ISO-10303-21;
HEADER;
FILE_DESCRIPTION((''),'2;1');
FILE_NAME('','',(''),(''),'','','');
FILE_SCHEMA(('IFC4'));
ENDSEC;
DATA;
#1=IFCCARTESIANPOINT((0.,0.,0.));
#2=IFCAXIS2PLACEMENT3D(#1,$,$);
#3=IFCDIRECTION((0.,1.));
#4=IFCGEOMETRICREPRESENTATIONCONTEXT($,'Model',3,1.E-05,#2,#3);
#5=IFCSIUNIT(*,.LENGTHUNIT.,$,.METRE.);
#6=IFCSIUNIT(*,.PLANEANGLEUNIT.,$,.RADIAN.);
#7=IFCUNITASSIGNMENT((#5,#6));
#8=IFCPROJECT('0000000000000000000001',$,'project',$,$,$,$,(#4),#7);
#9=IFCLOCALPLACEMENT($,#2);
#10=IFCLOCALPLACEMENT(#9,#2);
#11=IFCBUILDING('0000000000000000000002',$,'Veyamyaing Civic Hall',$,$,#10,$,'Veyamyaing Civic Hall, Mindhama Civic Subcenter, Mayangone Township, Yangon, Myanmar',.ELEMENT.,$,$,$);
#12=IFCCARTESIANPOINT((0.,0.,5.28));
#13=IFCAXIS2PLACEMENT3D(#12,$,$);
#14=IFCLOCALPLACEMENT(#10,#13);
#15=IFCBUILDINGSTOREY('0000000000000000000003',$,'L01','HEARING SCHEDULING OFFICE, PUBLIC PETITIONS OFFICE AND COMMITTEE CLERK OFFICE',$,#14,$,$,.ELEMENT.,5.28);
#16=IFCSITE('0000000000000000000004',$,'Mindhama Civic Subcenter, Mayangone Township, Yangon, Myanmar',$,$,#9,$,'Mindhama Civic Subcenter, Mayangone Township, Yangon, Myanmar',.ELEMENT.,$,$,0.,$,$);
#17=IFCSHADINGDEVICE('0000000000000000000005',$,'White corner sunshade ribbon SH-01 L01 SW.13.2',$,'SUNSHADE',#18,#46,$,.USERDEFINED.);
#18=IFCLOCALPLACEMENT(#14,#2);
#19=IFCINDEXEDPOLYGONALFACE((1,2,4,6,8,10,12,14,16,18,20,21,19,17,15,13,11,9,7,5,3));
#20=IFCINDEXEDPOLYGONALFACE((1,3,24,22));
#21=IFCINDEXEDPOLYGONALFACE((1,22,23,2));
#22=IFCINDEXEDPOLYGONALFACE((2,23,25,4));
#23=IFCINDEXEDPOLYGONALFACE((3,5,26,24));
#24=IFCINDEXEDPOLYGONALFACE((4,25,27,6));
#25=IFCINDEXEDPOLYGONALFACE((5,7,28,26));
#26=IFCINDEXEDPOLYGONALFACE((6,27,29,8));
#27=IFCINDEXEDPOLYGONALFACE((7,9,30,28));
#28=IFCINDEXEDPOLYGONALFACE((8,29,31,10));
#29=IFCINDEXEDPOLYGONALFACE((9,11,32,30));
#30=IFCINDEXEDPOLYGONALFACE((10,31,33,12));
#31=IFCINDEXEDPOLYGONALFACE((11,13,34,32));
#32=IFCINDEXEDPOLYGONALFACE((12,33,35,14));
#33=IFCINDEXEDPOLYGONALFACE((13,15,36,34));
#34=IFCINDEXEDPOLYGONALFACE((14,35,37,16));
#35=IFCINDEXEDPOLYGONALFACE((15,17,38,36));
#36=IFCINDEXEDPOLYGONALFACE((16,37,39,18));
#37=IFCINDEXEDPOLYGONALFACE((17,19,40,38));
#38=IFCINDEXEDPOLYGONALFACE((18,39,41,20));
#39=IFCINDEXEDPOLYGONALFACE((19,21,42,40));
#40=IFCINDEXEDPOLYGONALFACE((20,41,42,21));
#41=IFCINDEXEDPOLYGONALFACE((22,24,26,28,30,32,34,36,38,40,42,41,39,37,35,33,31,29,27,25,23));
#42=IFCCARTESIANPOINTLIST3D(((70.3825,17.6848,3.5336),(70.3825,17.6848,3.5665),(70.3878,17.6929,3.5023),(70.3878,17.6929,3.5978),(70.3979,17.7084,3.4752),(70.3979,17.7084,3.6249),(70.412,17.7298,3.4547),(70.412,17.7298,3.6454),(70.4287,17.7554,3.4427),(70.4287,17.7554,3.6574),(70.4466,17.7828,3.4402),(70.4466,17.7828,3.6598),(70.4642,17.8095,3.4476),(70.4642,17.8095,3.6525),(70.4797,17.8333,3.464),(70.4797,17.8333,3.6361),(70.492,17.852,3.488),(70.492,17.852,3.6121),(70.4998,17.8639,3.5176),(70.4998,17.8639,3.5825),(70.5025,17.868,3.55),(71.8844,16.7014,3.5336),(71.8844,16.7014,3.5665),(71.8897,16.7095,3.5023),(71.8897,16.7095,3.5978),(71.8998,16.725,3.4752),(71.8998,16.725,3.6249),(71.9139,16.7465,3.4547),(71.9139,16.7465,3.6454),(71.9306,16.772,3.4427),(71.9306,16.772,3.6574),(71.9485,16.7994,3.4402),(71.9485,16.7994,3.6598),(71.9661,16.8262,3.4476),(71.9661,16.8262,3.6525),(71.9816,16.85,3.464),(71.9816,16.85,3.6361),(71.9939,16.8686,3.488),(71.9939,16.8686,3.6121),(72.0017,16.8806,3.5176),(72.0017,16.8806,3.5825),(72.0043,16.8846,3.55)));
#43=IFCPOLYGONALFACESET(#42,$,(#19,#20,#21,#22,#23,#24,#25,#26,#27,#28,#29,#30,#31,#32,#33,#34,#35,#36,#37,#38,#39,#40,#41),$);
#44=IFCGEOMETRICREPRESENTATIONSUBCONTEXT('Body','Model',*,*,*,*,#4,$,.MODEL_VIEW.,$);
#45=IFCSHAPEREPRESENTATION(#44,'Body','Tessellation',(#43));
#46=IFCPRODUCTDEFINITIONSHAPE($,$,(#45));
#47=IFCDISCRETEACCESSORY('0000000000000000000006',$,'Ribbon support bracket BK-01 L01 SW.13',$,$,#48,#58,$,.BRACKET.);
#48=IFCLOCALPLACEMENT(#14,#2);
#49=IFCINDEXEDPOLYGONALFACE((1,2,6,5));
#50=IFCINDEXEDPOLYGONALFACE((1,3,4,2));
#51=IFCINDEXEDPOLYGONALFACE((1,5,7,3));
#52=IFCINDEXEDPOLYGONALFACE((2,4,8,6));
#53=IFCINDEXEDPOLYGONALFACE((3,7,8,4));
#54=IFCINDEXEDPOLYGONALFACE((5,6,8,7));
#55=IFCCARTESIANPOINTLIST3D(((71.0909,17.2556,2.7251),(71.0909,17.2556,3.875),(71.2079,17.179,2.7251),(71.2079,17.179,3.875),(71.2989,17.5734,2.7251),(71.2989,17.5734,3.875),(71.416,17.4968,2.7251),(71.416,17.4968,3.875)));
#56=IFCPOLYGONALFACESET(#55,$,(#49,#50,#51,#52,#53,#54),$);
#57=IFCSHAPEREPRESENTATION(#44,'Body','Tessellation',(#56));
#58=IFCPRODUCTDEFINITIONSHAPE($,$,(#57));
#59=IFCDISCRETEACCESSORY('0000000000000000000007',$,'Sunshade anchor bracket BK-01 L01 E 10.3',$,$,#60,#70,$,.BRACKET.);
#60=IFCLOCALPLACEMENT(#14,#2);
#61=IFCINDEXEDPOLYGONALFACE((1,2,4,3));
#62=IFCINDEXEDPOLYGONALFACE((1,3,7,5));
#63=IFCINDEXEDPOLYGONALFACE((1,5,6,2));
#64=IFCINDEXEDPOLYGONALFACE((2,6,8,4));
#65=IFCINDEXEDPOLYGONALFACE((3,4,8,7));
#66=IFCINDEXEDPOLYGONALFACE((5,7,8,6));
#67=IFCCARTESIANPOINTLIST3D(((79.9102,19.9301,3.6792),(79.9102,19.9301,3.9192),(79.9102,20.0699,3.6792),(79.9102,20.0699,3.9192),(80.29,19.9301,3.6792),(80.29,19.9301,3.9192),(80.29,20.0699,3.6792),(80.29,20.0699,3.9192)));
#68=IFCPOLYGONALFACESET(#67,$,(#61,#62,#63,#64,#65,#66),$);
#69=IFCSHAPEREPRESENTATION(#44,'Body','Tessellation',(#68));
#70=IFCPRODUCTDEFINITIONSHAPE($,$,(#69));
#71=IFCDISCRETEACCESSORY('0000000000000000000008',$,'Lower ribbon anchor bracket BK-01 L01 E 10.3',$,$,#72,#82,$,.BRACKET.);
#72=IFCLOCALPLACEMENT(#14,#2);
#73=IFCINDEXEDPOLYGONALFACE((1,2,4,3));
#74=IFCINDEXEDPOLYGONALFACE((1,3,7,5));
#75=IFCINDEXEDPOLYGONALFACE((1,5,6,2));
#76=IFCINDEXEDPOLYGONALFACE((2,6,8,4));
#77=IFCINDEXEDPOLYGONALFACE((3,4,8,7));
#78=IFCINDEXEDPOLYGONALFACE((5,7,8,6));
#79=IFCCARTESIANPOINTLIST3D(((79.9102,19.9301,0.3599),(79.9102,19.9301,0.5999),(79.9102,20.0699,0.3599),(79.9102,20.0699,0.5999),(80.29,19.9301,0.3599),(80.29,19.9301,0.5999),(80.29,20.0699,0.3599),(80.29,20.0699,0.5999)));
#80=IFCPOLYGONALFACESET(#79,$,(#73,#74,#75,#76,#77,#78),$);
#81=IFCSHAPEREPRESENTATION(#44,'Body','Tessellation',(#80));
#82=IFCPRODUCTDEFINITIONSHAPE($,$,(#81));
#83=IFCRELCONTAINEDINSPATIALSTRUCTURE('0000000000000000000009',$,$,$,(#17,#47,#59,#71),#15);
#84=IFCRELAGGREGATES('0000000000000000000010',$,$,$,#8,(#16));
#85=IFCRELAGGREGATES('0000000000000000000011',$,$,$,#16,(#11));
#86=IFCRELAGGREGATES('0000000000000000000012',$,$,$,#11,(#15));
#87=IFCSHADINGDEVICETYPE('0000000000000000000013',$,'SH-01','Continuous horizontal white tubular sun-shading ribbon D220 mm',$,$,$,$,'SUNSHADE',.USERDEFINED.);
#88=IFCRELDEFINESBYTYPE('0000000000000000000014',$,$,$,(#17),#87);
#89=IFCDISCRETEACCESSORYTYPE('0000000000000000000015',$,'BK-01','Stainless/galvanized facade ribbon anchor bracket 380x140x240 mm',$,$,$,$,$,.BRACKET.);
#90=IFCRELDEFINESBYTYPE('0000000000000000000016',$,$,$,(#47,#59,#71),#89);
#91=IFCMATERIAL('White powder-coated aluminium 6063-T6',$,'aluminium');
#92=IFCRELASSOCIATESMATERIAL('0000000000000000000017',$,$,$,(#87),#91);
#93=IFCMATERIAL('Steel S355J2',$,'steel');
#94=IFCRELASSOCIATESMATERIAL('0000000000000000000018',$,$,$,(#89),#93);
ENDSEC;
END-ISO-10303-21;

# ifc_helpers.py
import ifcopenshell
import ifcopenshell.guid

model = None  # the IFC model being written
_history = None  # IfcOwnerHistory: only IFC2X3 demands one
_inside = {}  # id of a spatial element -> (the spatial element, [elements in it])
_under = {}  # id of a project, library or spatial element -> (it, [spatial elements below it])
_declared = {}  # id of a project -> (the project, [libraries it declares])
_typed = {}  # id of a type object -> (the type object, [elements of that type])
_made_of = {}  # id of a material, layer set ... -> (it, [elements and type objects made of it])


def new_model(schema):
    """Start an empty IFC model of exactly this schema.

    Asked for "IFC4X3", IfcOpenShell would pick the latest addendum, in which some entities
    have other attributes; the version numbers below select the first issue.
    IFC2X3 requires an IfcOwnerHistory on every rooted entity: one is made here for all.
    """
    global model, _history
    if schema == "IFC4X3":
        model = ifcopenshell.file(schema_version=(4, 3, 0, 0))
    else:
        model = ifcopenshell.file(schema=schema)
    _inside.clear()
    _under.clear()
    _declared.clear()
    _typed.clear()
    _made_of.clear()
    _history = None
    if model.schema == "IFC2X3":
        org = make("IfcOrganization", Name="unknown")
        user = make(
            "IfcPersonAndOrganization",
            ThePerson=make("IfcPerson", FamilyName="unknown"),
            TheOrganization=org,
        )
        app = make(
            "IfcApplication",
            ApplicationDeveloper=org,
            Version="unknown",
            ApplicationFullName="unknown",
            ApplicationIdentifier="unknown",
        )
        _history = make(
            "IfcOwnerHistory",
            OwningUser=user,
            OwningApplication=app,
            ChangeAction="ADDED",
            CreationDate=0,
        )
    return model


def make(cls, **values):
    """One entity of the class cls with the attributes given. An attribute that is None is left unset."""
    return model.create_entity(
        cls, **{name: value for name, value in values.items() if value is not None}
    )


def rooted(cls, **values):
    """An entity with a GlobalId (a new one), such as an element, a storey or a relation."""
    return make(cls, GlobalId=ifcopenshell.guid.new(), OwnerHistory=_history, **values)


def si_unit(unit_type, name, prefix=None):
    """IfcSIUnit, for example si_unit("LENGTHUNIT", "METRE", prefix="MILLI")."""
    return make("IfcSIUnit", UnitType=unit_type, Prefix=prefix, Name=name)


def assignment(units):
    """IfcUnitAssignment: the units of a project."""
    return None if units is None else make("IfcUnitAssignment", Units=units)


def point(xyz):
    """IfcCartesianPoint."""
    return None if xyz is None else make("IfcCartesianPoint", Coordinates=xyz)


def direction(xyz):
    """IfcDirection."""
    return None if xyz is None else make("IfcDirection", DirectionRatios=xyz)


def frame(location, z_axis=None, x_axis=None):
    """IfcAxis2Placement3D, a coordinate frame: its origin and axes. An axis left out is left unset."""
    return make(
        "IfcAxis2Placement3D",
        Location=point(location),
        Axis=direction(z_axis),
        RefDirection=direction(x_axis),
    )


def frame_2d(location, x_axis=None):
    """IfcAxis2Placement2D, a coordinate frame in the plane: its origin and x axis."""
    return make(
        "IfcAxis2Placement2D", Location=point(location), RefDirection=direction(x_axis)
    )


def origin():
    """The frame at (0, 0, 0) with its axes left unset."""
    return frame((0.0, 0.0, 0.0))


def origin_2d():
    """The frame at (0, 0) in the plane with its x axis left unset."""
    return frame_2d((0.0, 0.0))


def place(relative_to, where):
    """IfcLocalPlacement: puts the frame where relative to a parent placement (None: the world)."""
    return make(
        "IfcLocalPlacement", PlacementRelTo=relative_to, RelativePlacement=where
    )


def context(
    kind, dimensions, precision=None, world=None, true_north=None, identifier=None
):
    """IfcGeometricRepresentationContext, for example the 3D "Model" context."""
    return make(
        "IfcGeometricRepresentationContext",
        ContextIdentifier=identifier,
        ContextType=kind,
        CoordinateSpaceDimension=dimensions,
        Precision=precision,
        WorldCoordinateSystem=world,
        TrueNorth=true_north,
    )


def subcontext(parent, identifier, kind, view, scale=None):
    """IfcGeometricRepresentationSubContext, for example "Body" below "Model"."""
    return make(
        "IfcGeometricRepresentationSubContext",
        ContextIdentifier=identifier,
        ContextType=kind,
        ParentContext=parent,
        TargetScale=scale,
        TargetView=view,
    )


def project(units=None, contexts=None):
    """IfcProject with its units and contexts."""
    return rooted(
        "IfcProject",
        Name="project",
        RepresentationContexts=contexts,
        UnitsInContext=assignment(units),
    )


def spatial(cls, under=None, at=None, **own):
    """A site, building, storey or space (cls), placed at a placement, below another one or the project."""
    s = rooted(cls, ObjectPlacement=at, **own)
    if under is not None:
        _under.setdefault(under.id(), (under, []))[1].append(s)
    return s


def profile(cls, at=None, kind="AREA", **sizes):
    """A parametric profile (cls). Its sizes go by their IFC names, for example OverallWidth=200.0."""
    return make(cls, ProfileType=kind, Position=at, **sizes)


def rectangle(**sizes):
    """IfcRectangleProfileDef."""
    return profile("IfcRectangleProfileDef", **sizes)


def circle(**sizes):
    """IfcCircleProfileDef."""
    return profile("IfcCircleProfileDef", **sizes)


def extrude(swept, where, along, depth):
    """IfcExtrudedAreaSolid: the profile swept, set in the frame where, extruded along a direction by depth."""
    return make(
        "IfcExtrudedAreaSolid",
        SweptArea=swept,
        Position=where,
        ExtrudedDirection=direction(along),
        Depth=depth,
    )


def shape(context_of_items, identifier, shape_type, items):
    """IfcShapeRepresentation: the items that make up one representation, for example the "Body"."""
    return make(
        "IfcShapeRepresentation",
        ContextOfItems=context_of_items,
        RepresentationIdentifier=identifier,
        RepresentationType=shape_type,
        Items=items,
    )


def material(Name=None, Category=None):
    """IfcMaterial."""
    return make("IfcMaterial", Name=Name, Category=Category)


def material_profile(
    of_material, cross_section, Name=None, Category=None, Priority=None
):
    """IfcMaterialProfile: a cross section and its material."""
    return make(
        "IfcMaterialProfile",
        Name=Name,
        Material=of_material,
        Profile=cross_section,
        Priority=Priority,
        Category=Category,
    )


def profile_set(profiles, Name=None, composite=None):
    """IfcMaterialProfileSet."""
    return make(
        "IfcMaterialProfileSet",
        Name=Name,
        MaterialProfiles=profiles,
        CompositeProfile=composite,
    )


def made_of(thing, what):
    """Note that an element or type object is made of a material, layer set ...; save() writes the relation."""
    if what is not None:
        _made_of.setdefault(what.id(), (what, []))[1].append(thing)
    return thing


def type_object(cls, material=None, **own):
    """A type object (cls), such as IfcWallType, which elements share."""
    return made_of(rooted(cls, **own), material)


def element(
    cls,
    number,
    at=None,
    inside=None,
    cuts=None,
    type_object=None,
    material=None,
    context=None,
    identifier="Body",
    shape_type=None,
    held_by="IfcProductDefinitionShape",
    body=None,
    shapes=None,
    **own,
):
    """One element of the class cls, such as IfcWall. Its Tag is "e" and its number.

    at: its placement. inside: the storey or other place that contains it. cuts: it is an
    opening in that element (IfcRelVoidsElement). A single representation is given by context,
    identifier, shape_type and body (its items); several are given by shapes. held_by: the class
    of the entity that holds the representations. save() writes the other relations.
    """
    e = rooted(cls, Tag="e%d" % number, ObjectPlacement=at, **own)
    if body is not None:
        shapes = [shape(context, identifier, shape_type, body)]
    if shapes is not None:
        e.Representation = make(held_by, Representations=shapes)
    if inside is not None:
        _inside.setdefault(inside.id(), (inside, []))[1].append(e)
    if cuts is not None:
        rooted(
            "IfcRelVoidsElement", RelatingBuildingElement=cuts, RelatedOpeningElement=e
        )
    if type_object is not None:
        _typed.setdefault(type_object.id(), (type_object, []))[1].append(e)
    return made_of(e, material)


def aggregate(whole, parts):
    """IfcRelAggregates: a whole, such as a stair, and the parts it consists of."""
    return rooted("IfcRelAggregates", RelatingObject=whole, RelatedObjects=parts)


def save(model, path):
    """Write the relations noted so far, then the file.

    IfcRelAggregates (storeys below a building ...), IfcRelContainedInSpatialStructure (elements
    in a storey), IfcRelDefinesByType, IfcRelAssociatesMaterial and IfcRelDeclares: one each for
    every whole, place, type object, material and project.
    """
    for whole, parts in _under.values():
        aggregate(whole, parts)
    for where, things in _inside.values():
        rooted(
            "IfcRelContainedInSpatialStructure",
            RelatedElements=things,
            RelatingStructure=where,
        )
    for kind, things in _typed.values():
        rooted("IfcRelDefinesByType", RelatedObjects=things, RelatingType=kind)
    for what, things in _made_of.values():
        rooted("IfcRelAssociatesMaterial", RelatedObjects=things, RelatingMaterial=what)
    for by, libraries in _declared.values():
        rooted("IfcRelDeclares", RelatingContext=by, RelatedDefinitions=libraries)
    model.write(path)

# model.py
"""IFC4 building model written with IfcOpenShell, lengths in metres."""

from ifc_helpers import new_model, si_unit, direction, frame, origin, origin_2d, place, context, subcontext, project, spatial, rectangle, circle, extrude, material, material_profile, profile_set, type_object, element, save


model = new_model("IFC4")

# Units and contexts
model_context = context("Model", 3, precision=1e-05, world=origin(), true_north=direction((0.0, 1.0)))
body_context = subcontext(model_context, "Body", "Model", "MODEL_VIEW")
ifc_project = project(units=[si_unit("LENGTHUNIT", "METRE"), si_unit("PLANEANGLEUNIT", "RADIAN")], contexts=[model_context])

# Site, building, storey
site_placement = place(None, origin())
site = spatial("IfcSite", under=ifc_project, at=site_placement, Name="Mindhama Civic Subcenter, Mayangone Township, Yangon, Myanmar", LongName="Mindhama Civic Subcenter, Mayangone Township, Yangon, Myanmar", CompositionType="ELEMENT", RefElevation=0.0)
building_placement = place(site_placement, origin())
building = spatial("IfcBuilding", under=site, at=building_placement, Name="Veyamyaing Civic Hall", LongName="Veyamyaing Civic Hall, Mindhama Civic Subcenter, Mayangone Township, Yangon, Myanmar", CompositionType="ELEMENT")
storey_placement = place(building_placement, frame((0.0, 0.0, 5.28)))
storey = spatial("IfcBuildingStorey", under=building, at=storey_placement, Name="L01", Description="HEARING SCHEDULING OFFICE, PUBLIC PETITIONS OFFICE AND COMMITTEE CLERK OFFICE", CompositionType="ELEMENT", Elevation=5.28)

# Shared definitions
ifc_material_1 = material(Name="White powder-coated aluminium 6063-T6", Category="aluminium")

# Shared definitions
ifc_material_2 = material(Name="Steel S355J2", Category="steel")

# Shading device
ifc_material_profile_1 = material_profile(ifc_material_1, circle(Radius=0.1101, at=origin_2d()), Name="SHADE-TUBE-220")
ifc_profile_set_1 = profile_set([ifc_material_profile_1], Name="White powder-coated aluminium 6063-T6")
shading_device_type = type_object("IfcShadingDeviceType", Name="SH-01", Description="Continuous horizontal white tubular sun-shading ribbon D220 mm", ElementType="SUNSHADE", PredefinedType="USERDEFINED", material=ifc_profile_set_1)
for number, where, z_axis, x_axis, name in (
    (1, (70.4421, 17.7759, 3.55), (0.836624, -0.547777, 0.0), (0.547777, 0.836624, 0.0), "White corner sunshade ribbon SH-01 L01 SW.13.2"),
):
    element("IfcShadingDevice", number, at=place(storey_placement, frame(where, z_axis=z_axis, x_axis=x_axis)), inside=storey, type_object=shading_device_type, Name=name, ObjectType="SUNSHADE", PredefinedType="USERDEFINED", context=body_context, shape_type="SweptSolid", body=[
        extrude(circle(Radius=0.1101, at=origin_2d()), origin(), (0.0, 0.0, 1.0), 1.7952),
    ])

# Discrete accessories
discrete_accessory_type = type_object("IfcDiscreteAccessoryType", Name="BK-01", Description="Stainless/galvanized facade ribbon anchor bracket 380x140x240 mm", PredefinedType="BRACKET", material=ifc_material_2)
discrete_accessory_placement = place(storey_placement, frame((71.2534, 17.3762, 2.7251), z_axis=(0.0, 0.0, 1.0), x_axis=(-0.547772, -0.836628, 0.0)))
element("IfcDiscreteAccessory", 2, at=discrete_accessory_placement, inside=storey, type_object=discrete_accessory_type, Name="Ribbon support bracket BK-01 L01 SW.13", PredefinedType="BRACKET", context=body_context, shape_type="SweptSolid", body=[
    extrude(rectangle(XDim=0.3799, YDim=0.1399, at=origin_2d()), origin(), (0.0, 0.0, 1.0), 1.1499),
])
for number, where, z_axis, x_axis, name in (
    (3, (80.1001, 20.0, 3.6792), (0.0, 0.0, 1.0), (1.0, 0.0, 0.0), "Sunshade anchor bracket BK-01 L01 E 10.3"),
    (4, (80.1001, 20.0, 0.3599), (0.0, 0.0, 1.0), (1.0, 0.0, 0.0), "Lower ribbon anchor bracket BK-01 L01 E 10.3"),
):
    element("IfcDiscreteAccessory", number, at=place(storey_placement, frame(where, z_axis=z_axis, x_axis=x_axis)), inside=storey, type_object=discrete_accessory_type, Name=name, PredefinedType="BRACKET", context=body_context, shape_type="SweptSolid", body=[
        extrude(rectangle(XDim=0.3799, YDim=0.1399, at=origin_2d()), origin(), (0.0, 0.0, 1.0), 0.24),
    ])

save(model, "model.ifc")
